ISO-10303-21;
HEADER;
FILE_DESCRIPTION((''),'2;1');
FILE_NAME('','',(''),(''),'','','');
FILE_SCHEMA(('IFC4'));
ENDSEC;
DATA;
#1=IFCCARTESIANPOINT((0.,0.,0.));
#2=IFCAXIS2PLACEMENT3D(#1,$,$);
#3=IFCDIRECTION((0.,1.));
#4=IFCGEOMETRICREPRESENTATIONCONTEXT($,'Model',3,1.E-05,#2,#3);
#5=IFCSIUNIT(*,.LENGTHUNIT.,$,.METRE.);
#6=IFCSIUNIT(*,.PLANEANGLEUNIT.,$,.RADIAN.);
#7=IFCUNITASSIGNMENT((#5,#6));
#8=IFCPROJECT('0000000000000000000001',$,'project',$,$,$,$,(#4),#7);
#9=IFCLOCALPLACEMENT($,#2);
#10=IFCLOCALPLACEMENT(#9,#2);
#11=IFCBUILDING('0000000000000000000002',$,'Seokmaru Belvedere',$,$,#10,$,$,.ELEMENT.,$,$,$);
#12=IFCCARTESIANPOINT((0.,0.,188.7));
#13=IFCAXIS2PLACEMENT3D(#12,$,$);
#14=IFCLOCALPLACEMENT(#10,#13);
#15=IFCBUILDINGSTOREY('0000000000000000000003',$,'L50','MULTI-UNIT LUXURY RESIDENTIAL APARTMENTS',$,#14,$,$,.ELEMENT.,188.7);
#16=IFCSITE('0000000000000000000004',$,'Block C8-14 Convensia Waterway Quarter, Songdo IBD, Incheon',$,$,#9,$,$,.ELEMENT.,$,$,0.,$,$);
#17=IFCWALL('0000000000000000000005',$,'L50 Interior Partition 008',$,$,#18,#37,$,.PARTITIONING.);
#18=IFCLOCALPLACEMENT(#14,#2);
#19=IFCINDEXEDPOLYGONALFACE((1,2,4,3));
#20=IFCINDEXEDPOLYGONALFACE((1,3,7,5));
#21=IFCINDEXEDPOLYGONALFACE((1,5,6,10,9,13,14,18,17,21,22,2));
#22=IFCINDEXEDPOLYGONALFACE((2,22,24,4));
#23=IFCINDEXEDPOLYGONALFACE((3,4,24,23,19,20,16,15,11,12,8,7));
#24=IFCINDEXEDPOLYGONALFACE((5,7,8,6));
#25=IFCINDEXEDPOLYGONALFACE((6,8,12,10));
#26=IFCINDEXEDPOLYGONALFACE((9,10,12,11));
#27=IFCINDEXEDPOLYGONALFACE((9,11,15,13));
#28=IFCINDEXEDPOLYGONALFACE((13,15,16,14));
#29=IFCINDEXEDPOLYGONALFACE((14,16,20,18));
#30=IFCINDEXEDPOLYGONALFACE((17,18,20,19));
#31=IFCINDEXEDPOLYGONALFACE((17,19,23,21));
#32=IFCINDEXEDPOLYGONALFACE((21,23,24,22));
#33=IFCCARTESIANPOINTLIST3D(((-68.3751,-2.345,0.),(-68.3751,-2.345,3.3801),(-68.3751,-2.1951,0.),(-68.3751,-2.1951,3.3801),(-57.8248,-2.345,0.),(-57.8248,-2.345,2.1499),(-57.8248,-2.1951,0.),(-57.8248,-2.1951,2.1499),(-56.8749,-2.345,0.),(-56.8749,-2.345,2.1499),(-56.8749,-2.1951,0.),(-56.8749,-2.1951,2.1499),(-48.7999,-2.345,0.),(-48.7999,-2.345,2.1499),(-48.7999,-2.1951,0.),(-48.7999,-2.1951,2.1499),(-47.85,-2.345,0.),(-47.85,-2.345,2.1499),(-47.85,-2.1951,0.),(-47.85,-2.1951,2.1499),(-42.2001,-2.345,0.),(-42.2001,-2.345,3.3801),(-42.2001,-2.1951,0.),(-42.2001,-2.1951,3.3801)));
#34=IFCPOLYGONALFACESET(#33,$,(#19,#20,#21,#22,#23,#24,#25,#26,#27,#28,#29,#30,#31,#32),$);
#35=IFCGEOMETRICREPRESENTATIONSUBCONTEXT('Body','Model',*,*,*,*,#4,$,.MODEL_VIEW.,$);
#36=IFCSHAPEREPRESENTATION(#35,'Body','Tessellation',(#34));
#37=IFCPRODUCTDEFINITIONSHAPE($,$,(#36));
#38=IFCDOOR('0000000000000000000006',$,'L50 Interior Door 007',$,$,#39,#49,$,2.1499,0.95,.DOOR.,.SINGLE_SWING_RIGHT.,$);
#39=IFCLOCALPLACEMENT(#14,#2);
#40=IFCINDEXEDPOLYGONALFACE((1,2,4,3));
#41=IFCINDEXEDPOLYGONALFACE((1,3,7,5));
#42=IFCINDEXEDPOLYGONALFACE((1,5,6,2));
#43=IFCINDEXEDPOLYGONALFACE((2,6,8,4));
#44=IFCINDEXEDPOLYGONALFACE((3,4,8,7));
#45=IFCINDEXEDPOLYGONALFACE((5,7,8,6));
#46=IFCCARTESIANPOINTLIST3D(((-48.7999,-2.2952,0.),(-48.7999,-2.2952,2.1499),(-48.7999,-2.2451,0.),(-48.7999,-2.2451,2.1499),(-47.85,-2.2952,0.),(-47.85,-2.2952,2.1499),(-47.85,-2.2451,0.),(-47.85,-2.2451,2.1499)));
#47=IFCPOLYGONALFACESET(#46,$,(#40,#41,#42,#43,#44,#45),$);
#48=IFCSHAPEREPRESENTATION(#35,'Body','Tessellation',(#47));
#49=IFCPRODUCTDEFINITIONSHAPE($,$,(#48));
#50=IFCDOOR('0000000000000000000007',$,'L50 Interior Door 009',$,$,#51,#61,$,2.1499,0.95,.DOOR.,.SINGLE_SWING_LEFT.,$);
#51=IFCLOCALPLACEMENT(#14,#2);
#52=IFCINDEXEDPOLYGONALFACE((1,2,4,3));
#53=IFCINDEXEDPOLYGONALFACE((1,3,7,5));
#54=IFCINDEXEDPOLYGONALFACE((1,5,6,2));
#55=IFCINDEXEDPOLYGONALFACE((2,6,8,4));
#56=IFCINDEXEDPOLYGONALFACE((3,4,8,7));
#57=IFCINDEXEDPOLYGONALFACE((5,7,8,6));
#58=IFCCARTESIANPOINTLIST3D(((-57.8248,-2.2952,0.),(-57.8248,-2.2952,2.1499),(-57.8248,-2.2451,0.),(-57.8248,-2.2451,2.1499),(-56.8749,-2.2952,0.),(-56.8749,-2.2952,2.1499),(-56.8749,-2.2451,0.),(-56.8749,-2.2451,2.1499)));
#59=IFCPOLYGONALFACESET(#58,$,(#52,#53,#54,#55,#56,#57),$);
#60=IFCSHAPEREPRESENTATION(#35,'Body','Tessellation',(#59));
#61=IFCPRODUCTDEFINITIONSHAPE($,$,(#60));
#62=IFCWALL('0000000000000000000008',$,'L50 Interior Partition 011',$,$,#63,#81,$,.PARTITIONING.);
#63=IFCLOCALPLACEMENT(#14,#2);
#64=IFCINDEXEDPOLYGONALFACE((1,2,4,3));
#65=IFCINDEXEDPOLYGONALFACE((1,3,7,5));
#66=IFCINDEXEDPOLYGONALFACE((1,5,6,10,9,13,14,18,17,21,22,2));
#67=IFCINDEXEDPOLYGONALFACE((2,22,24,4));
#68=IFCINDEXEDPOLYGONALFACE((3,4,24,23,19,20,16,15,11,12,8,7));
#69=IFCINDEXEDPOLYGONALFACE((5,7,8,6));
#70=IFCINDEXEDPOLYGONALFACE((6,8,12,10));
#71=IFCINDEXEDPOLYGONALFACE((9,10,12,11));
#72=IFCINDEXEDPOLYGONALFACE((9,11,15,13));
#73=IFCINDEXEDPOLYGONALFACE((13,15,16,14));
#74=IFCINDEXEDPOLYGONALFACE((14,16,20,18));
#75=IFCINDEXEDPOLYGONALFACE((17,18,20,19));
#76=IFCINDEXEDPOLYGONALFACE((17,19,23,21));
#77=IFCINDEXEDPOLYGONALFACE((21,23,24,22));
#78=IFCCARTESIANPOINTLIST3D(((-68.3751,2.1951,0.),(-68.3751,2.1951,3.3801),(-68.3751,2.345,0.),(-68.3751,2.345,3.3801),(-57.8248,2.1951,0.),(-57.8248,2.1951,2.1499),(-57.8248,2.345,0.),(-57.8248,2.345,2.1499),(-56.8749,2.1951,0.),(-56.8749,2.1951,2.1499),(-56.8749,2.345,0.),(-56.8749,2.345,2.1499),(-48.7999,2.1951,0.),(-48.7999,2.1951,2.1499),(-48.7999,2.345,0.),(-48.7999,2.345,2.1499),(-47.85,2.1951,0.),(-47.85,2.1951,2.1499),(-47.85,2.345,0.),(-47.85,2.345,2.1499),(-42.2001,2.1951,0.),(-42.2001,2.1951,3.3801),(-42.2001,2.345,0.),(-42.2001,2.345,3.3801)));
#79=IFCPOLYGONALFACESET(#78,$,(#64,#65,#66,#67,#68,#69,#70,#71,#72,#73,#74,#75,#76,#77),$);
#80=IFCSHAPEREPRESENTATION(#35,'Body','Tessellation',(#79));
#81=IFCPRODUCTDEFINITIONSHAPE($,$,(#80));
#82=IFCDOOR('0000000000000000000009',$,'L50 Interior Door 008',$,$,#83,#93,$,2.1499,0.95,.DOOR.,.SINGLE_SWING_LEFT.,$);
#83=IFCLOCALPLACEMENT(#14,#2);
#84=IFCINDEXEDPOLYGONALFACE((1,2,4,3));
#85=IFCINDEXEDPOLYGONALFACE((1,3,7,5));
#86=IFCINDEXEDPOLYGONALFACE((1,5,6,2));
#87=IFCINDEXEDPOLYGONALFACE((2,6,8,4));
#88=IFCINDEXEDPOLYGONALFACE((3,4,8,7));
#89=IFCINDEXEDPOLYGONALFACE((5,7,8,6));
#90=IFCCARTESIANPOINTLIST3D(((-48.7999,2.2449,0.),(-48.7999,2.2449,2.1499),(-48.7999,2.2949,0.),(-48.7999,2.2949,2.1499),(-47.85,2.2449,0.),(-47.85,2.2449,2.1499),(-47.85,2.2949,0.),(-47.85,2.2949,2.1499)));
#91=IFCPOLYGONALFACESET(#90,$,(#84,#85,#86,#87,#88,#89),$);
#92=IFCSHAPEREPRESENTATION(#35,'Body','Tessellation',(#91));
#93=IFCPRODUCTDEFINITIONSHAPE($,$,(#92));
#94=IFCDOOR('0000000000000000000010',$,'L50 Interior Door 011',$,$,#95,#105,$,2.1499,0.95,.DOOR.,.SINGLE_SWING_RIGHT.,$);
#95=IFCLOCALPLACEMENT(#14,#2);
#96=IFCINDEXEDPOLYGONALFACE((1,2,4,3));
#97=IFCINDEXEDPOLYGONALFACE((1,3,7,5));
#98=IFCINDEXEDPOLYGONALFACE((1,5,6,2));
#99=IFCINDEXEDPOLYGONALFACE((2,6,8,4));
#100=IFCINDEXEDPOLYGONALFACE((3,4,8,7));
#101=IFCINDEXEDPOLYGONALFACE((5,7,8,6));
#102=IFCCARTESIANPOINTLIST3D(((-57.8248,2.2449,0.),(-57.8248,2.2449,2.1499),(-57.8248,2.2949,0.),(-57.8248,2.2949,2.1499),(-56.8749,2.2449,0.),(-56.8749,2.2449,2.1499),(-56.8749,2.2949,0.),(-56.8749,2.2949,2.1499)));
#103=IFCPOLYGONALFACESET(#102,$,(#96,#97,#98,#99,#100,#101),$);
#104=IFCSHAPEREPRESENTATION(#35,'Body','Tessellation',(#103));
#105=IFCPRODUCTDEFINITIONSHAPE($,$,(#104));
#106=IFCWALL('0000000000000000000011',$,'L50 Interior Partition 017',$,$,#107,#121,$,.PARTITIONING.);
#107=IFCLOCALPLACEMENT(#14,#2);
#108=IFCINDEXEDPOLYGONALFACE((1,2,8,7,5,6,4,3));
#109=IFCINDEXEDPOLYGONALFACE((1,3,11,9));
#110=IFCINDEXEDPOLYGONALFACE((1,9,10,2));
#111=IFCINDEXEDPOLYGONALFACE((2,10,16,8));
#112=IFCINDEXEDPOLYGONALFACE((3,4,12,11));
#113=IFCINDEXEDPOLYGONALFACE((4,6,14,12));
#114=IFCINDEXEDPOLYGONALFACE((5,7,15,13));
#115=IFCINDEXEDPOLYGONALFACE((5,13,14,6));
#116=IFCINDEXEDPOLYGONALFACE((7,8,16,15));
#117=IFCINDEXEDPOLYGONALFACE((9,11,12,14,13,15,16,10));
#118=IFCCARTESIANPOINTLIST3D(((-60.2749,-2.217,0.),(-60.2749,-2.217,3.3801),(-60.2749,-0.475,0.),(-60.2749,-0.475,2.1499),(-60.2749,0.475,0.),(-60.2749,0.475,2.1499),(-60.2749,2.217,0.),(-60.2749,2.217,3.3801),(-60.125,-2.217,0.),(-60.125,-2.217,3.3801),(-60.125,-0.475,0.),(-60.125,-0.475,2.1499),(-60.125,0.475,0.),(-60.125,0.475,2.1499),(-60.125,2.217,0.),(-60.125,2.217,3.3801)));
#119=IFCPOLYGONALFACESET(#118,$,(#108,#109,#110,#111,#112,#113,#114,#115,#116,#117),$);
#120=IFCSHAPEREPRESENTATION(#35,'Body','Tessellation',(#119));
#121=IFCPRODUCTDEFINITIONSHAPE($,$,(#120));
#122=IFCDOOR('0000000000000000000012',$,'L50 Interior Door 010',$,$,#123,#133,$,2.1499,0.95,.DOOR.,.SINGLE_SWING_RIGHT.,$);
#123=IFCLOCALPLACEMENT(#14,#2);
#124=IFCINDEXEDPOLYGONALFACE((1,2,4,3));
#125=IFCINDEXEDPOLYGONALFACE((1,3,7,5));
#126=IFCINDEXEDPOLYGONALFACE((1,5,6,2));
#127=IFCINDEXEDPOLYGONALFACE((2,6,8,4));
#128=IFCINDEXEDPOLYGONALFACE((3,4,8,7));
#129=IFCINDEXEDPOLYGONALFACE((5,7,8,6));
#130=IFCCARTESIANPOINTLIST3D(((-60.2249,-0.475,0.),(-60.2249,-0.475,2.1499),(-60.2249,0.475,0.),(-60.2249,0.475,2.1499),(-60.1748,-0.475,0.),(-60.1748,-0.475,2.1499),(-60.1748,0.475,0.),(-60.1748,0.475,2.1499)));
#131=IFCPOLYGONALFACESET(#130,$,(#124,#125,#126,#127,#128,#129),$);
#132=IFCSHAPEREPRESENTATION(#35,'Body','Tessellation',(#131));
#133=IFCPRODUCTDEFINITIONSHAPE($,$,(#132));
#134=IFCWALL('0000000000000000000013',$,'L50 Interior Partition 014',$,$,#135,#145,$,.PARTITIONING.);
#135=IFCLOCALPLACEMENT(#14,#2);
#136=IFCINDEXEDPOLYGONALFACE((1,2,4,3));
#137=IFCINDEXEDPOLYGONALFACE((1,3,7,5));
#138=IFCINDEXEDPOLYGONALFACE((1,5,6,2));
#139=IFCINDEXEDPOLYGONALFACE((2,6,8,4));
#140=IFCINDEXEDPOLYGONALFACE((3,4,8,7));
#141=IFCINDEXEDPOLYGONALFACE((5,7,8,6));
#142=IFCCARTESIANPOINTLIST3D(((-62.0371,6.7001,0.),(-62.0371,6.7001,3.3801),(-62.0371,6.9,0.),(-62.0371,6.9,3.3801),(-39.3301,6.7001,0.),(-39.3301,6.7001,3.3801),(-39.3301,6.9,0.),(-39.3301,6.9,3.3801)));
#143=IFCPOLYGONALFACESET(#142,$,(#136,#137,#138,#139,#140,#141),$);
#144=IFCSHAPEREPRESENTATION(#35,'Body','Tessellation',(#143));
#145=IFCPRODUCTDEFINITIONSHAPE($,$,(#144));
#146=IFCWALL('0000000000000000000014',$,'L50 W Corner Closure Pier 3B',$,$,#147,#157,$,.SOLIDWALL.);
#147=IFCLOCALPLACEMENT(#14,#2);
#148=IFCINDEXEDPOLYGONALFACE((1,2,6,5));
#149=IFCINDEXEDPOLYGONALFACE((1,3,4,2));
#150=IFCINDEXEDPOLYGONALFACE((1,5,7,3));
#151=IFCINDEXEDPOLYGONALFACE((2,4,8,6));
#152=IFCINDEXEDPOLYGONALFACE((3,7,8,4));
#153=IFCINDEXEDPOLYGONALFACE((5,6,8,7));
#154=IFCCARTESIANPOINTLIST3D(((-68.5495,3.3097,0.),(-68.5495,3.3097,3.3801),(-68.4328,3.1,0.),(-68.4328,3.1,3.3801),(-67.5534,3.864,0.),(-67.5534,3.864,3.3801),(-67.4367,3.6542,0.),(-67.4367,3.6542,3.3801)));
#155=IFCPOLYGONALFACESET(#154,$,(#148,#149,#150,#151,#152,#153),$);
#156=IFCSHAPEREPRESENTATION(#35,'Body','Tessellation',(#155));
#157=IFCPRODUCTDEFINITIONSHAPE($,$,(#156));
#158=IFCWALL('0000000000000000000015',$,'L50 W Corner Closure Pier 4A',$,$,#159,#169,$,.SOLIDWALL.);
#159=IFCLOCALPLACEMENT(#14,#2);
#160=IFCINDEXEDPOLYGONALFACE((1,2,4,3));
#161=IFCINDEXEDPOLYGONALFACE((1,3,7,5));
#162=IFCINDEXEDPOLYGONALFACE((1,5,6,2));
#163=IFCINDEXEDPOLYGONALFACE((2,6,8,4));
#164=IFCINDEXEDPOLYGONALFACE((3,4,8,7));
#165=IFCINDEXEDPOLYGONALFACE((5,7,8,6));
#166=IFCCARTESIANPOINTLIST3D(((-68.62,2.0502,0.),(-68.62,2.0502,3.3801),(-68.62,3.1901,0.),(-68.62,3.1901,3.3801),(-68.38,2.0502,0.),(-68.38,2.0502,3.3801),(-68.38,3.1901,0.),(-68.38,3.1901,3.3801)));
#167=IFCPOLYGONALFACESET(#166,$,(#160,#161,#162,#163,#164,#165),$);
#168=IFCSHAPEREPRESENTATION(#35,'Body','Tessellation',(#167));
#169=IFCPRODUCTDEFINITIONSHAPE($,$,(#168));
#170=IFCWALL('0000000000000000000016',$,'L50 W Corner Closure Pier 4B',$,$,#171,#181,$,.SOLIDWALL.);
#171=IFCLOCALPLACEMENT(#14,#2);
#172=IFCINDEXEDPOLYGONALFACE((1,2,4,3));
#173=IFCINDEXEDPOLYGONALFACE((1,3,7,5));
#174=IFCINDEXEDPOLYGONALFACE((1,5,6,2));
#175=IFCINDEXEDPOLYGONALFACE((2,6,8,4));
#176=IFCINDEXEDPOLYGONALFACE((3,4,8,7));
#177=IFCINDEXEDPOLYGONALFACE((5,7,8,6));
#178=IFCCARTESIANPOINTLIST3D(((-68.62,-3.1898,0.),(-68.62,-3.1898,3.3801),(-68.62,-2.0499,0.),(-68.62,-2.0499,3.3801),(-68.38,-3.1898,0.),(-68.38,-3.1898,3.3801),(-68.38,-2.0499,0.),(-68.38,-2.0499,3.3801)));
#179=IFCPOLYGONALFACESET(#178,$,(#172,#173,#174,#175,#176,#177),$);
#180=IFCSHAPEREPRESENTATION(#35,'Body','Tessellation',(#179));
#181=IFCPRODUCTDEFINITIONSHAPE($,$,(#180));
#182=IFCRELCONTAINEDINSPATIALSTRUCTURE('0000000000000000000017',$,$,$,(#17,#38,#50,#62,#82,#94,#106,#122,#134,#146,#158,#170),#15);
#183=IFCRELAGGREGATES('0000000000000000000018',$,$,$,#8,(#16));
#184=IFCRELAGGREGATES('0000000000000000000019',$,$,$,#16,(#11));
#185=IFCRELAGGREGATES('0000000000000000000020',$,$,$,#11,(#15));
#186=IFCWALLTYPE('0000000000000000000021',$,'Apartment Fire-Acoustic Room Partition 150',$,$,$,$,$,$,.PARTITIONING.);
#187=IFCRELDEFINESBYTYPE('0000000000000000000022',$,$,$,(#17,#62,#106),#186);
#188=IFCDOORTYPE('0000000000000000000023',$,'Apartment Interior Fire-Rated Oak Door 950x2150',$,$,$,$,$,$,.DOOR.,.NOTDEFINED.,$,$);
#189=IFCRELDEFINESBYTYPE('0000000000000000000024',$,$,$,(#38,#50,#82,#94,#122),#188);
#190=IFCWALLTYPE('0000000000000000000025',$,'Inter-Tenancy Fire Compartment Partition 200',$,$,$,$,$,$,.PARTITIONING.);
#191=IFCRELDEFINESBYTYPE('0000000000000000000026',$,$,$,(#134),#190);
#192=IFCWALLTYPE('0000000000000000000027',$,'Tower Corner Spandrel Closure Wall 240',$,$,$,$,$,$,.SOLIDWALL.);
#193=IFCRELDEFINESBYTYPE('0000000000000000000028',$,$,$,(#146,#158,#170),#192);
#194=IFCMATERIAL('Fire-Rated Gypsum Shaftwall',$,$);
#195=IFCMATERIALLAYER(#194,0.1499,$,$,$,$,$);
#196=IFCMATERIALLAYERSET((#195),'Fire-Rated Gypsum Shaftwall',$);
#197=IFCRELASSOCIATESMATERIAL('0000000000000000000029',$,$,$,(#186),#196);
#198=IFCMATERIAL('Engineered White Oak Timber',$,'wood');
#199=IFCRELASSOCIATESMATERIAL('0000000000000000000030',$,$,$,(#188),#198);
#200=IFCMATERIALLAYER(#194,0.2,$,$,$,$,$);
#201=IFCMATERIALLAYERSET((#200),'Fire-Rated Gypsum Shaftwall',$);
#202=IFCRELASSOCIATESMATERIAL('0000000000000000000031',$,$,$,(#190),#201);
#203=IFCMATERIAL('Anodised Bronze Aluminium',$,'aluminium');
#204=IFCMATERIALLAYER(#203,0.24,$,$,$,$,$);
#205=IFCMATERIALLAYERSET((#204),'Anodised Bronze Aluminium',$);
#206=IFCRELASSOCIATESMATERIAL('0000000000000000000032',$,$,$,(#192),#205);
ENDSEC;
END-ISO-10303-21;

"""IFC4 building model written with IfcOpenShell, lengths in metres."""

from ifc_helpers import new_model, si_unit, direction, frame, frame_2d, origin, place, context, subcontext, project, spatial, rectangle, extrude, source, transform, mapped, material, layer, layer_set, type_object, type_shapes, element, fill, save


model = new_model("IFC4")

# Units and contexts
model_context = context("Model", 3, precision=1e-05, world=origin(), true_north=direction((0.0, 1.0)))
body_context = subcontext(model_context, "Body", "Model", "MODEL_VIEW")
ifc_project = project(units=[si_unit("LENGTHUNIT", "METRE"), si_unit("PLANEANGLEUNIT", "RADIAN")], contexts=[model_context])

# Site, building, storey
site_placement = place(None, origin())
site = spatial("IfcSite", under=ifc_project, at=site_placement, Name="Block C8-14 Convensia Waterway Quarter, Songdo IBD, Incheon", CompositionType="ELEMENT", RefElevation=0.0)
building_placement = place(site_placement, origin())
building = spatial("IfcBuilding", under=site, at=building_placement, Name="Seokmaru Belvedere", CompositionType="ELEMENT")
storey_placement = place(building_placement, frame((0.0, 0.0, 188.7)))
storey = spatial("IfcBuildingStorey", under=building, at=storey_placement, Name="L50", Description="MULTI-UNIT LUXURY RESIDENTIAL APARTMENTS", CompositionType="ELEMENT", Elevation=188.7)

# Shared definitions
ifc_material_1 = material(Name="Anodised Bronze Aluminium", Category="aluminium")

# Walls, openings, doors
ifc_material_2 = material(Name="Fire-Rated Gypsum Shaftwall")
ifc_layer_1 = layer(ifc_material_2, 0.1499)
ifc_layer_set_1 = layer_set([ifc_layer_1], Name="Fire-Rated Gypsum Shaftwall")
wall_type_1 = type_object("IfcWallType", Name="Apartment Fire-Acoustic Room Partition 150", PredefinedType="PARTITIONING", material=ifc_layer_set_1)
wall_1_placement = place(storey_placement, frame((-68.375, -2.27, 0.0), z_axis=(0.0, 0.0, 1.0), x_axis=(1.0, 0.0, 0.0)))
wall_1 = element("IfcWall", 1, at=wall_1_placement, inside=storey, type_object=wall_type_1, Name="L50 Interior Partition 008", PredefinedType="PARTITIONING", context=body_context, shape_type="SweptSolid", body=[
    extrude(rectangle(XDim=26.175, YDim=0.1499, at=frame_2d((13.0874, 0.0))), origin(), (0.0, 0.0, 1.0), 3.3801),
])
opening_1_placement = place(wall_1_placement, frame((19.575, 0.0, 0.0)))
opening_1 = element("IfcOpeningElement", 2, at=opening_1_placement, cuts=wall_1, PredefinedType="OPENING", context=body_context, shape_type="SweptSolid", body=[
    extrude(rectangle(XDim=0.95, YDim=2.1499, at=frame_2d((0.4751, 1.075))), frame((0.0, 0.085, 0.0), z_axis=(0.0, -1.0, 0.0), x_axis=(1.0, 0.0, 0.0)), (0.0, 0.0, 1.0), 0.1699),
])
opening_2_placement = place(wall_1_placement, frame((10.55, 0.0, 0.0)))
opening_2 = element("IfcOpeningElement", 3, at=opening_2_placement, cuts=wall_1, PredefinedType="OPENING", context=body_context, shape_type="SweptSolid", body=[
    extrude(rectangle(XDim=0.95, YDim=2.1499, at=frame_2d((0.4751, 1.075))), frame((0.0, 0.085, 0.0), z_axis=(0.0, -1.0, 0.0), x_axis=(1.0, 0.0, 0.0)), (0.0, 0.0, 1.0), 0.1699),
])
ifc_material_3 = material(Name="Engineered White Oak Timber", Category="wood")
door_type = type_object("IfcDoorType", Name="Apartment Interior Fire-Rated Oak Door 950x2150", OperationType="NOTDEFINED", PredefinedType="DOOR", material=ifc_material_3)
shared_shape_1 = source(origin(), body_context, "Body", "SweptSolid", [
    extrude(rectangle(XDim=0.95, YDim=2.1499, at=frame_2d((0.4751, 1.075))), frame((0.0, 0.0249, 0.0), z_axis=(0.0, -1.0, 0.0), x_axis=(1.0, 0.0, 0.0)), (0.0, 0.0, 1.0), 0.05),
])
type_shapes(door_type, [shared_shape_1])
door_1_placement = place(opening_1_placement, origin())
door_1 = element("IfcDoor", 4, at=door_1_placement, inside=storey, type_object=door_type, Name="L50 Interior Door 007", OperationType="SINGLE_SWING_RIGHT", OverallHeight=2.1499, OverallWidth=0.95, PredefinedType="DOOR", context=body_context, shape_type="MappedRepresentation", body=[
    mapped(shared_shape_1, transform((0.0, 0.0, 0.0), scale=1.0)),
])
fill(opening_1, door_1)
door_2_placement = place(opening_2_placement, origin())
door_2 = element("IfcDoor", 5, at=door_2_placement, inside=storey, type_object=door_type, Name="L50 Interior Door 009", OperationType="SINGLE_SWING_LEFT", OverallHeight=2.1499, OverallWidth=0.95, PredefinedType="DOOR", context=body_context, shape_type="MappedRepresentation", body=[
    mapped(shared_shape_1, transform((0.0, 0.0, 0.0), scale=1.0)),
])
fill(opening_2, door_2)
wall_2_placement = place(storey_placement, frame((-68.375, 2.27, 0.0), z_axis=(0.0, 0.0, 1.0), x_axis=(1.0, 0.0, 0.0)))
wall_2 = element("IfcWall", 6, at=wall_2_placement, inside=storey, type_object=wall_type_1, Name="L50 Interior Partition 011", PredefinedType="PARTITIONING", context=body_context, shape_type="SweptSolid", body=[
    extrude(rectangle(XDim=26.175, YDim=0.1499, at=frame_2d((13.0874, 0.0))), origin(), (0.0, 0.0, 1.0), 3.3801),
])
opening_3_placement = place(wall_2_placement, frame((19.575, 0.0, 0.0)))
opening_3 = element("IfcOpeningElement", 7, at=opening_3_placement, cuts=wall_2, PredefinedType="OPENING", context=body_context, shape_type="SweptSolid", body=[
    extrude(rectangle(XDim=0.95, YDim=2.1499, at=frame_2d((0.4751, 1.075))), frame((0.0, 0.085, 0.0), z_axis=(0.0, -1.0, 0.0), x_axis=(1.0, 0.0, 0.0)), (0.0, 0.0, 1.0), 0.1699),
])
opening_4_placement = place(wall_2_placement, frame((10.55, 0.0, 0.0)))
opening_4 = element("IfcOpeningElement", 8, at=opening_4_placement, cuts=wall_2, PredefinedType="OPENING", context=body_context, shape_type="SweptSolid", body=[
    extrude(rectangle(XDim=0.95, YDim=2.1499, at=frame_2d((0.4751, 1.075))), frame((0.0, 0.085, 0.0), z_axis=(0.0, -1.0, 0.0), x_axis=(1.0, 0.0, 0.0)), (0.0, 0.0, 1.0), 0.1699),
])
door_3_placement = place(opening_3_placement, origin())
door_3 = element("IfcDoor", 9, at=door_3_placement, inside=storey, type_object=door_type, Name="L50 Interior Door 008", OperationType="SINGLE_SWING_LEFT", OverallHeight=2.1499, OverallWidth=0.95, PredefinedType="DOOR", context=body_context, shape_type="MappedRepresentation", body=[
    mapped(shared_shape_1, transform((0.0, 0.0, 0.0), scale=1.0)),
])
fill(opening_3, door_3)
door_4_placement = place(opening_4_placement, origin())
door_4 = element("IfcDoor", 10, at=door_4_placement, inside=storey, type_object=door_type, Name="L50 Interior Door 011", OperationType="SINGLE_SWING_RIGHT", OverallHeight=2.1499, OverallWidth=0.95, PredefinedType="DOOR", context=body_context, shape_type="MappedRepresentation", body=[
    mapped(shared_shape_1, transform((0.0, 0.0, 0.0), scale=1.0)),
])
fill(opening_4, door_4)

# Wall, opening, door
wall_3_placement = place(storey_placement, frame((-60.2, -2.217, 0.0), z_axis=(0.0, 0.0, 1.0), x_axis=(0.0, 1.0, 0.0)))
wall_3 = element("IfcWall", 11, at=wall_3_placement, inside=storey, type_object=wall_type_1, Name="L50 Interior Partition 017", PredefinedType="PARTITIONING", context=body_context, shape_type="SweptSolid", body=[
    extrude(rectangle(XDim=4.4341, YDim=0.1499, at=frame_2d((2.217, 0.0))), origin(), (0.0, 0.0, 1.0), 3.3801),
])
opening_5_placement = place(wall_3_placement, frame((1.7419, 0.0, 0.0)))
opening_5 = element("IfcOpeningElement", 12, at=opening_5_placement, cuts=wall_3, PredefinedType="OPENING", context=body_context, shape_type="SweptSolid", body=[
    extrude(rectangle(XDim=0.95, YDim=2.1499, at=frame_2d((0.4751, 1.075))), frame((0.0, 0.085, 0.0), z_axis=(0.0, -1.0, 0.0), x_axis=(1.0, 0.0, 0.0)), (0.0, 0.0, 1.0), 0.1699),
])
door_5_placement = place(opening_5_placement, origin())
door_5 = element("IfcDoor", 13, at=door_5_placement, inside=storey, type_object=door_type, Name="L50 Interior Door 010", OperationType="SINGLE_SWING_RIGHT", OverallHeight=2.1499, OverallWidth=0.95, PredefinedType="DOOR", context=body_context, shape_type="MappedRepresentation", body=[
    mapped(shared_shape_1, transform((0.0, 0.0, 0.0), scale=1.0)),
])
fill(opening_5, door_5)

# Walls
ifc_layer_2 = layer(ifc_material_2, 0.2)
ifc_layer_set_2 = layer_set([ifc_layer_2], Name="Fire-Rated Gypsum Shaftwall")
wall_type_2 = type_object("IfcWallType", Name="Inter-Tenancy Fire Compartment Partition 200", PredefinedType="PARTITIONING", material=ifc_layer_set_2)
wall_4_placement = place(storey_placement, frame((-62.0371, 6.8, 0.0), z_axis=(0.0, 0.0, 1.0), x_axis=(1.0, 0.0, 0.0)))
element("IfcWall", 14, at=wall_4_placement, inside=storey, type_object=wall_type_2, Name="L50 Interior Partition 014", PredefinedType="PARTITIONING", context=body_context, shape_type="SweptSolid", body=[
    extrude(rectangle(XDim=22.707, YDim=0.2, at=frame_2d((11.3535, 0.0))), origin(), (0.0, 0.0, 1.0), 3.3801),
])
ifc_layer_3 = layer(ifc_material_1, 0.24)
ifc_layer_set_3 = layer_set([ifc_layer_3], Name="Anodised Bronze Aluminium")
wall_type_3 = type_object("IfcWallType", Name="Tower Corner Spandrel Closure Wall 240", PredefinedType="SOLIDWALL", material=ifc_layer_set_3)
for number, where, z_axis, x_axis, name in (
    (15, (-67.4951, 3.759, 0.0), (0.0, 0.0, 1.0), (-0.873854, -0.486188, 0.0), "L50 W Corner Closure Pier 3B"),
    (16, (-68.5, 3.1899, 0.0), (0.0, 0.0, 1.0), (0.0, -1.0, 0.0), "L50 W Corner Closure Pier 4A"),
    (17, (-68.5, -2.05, 0.0), (0.0, 0.0, 1.0), (0.0, -1.0, 0.0), "L50 W Corner Closure Pier 4B"),
):
    element("IfcWall", number, at=place(storey_placement, frame(where, z_axis=z_axis, x_axis=x_axis)), inside=storey, type_object=wall_type_3, Name=name, PredefinedType="SOLIDWALL", context=body_context, shape_type="SweptSolid", body=[
        extrude(rectangle(XDim=1.1399, YDim=0.24, at=frame_2d((0.5698, 0.0))), origin(), (0.0, 0.0, 1.0), 3.3801),
    ])

save(model, "model.ifc")
